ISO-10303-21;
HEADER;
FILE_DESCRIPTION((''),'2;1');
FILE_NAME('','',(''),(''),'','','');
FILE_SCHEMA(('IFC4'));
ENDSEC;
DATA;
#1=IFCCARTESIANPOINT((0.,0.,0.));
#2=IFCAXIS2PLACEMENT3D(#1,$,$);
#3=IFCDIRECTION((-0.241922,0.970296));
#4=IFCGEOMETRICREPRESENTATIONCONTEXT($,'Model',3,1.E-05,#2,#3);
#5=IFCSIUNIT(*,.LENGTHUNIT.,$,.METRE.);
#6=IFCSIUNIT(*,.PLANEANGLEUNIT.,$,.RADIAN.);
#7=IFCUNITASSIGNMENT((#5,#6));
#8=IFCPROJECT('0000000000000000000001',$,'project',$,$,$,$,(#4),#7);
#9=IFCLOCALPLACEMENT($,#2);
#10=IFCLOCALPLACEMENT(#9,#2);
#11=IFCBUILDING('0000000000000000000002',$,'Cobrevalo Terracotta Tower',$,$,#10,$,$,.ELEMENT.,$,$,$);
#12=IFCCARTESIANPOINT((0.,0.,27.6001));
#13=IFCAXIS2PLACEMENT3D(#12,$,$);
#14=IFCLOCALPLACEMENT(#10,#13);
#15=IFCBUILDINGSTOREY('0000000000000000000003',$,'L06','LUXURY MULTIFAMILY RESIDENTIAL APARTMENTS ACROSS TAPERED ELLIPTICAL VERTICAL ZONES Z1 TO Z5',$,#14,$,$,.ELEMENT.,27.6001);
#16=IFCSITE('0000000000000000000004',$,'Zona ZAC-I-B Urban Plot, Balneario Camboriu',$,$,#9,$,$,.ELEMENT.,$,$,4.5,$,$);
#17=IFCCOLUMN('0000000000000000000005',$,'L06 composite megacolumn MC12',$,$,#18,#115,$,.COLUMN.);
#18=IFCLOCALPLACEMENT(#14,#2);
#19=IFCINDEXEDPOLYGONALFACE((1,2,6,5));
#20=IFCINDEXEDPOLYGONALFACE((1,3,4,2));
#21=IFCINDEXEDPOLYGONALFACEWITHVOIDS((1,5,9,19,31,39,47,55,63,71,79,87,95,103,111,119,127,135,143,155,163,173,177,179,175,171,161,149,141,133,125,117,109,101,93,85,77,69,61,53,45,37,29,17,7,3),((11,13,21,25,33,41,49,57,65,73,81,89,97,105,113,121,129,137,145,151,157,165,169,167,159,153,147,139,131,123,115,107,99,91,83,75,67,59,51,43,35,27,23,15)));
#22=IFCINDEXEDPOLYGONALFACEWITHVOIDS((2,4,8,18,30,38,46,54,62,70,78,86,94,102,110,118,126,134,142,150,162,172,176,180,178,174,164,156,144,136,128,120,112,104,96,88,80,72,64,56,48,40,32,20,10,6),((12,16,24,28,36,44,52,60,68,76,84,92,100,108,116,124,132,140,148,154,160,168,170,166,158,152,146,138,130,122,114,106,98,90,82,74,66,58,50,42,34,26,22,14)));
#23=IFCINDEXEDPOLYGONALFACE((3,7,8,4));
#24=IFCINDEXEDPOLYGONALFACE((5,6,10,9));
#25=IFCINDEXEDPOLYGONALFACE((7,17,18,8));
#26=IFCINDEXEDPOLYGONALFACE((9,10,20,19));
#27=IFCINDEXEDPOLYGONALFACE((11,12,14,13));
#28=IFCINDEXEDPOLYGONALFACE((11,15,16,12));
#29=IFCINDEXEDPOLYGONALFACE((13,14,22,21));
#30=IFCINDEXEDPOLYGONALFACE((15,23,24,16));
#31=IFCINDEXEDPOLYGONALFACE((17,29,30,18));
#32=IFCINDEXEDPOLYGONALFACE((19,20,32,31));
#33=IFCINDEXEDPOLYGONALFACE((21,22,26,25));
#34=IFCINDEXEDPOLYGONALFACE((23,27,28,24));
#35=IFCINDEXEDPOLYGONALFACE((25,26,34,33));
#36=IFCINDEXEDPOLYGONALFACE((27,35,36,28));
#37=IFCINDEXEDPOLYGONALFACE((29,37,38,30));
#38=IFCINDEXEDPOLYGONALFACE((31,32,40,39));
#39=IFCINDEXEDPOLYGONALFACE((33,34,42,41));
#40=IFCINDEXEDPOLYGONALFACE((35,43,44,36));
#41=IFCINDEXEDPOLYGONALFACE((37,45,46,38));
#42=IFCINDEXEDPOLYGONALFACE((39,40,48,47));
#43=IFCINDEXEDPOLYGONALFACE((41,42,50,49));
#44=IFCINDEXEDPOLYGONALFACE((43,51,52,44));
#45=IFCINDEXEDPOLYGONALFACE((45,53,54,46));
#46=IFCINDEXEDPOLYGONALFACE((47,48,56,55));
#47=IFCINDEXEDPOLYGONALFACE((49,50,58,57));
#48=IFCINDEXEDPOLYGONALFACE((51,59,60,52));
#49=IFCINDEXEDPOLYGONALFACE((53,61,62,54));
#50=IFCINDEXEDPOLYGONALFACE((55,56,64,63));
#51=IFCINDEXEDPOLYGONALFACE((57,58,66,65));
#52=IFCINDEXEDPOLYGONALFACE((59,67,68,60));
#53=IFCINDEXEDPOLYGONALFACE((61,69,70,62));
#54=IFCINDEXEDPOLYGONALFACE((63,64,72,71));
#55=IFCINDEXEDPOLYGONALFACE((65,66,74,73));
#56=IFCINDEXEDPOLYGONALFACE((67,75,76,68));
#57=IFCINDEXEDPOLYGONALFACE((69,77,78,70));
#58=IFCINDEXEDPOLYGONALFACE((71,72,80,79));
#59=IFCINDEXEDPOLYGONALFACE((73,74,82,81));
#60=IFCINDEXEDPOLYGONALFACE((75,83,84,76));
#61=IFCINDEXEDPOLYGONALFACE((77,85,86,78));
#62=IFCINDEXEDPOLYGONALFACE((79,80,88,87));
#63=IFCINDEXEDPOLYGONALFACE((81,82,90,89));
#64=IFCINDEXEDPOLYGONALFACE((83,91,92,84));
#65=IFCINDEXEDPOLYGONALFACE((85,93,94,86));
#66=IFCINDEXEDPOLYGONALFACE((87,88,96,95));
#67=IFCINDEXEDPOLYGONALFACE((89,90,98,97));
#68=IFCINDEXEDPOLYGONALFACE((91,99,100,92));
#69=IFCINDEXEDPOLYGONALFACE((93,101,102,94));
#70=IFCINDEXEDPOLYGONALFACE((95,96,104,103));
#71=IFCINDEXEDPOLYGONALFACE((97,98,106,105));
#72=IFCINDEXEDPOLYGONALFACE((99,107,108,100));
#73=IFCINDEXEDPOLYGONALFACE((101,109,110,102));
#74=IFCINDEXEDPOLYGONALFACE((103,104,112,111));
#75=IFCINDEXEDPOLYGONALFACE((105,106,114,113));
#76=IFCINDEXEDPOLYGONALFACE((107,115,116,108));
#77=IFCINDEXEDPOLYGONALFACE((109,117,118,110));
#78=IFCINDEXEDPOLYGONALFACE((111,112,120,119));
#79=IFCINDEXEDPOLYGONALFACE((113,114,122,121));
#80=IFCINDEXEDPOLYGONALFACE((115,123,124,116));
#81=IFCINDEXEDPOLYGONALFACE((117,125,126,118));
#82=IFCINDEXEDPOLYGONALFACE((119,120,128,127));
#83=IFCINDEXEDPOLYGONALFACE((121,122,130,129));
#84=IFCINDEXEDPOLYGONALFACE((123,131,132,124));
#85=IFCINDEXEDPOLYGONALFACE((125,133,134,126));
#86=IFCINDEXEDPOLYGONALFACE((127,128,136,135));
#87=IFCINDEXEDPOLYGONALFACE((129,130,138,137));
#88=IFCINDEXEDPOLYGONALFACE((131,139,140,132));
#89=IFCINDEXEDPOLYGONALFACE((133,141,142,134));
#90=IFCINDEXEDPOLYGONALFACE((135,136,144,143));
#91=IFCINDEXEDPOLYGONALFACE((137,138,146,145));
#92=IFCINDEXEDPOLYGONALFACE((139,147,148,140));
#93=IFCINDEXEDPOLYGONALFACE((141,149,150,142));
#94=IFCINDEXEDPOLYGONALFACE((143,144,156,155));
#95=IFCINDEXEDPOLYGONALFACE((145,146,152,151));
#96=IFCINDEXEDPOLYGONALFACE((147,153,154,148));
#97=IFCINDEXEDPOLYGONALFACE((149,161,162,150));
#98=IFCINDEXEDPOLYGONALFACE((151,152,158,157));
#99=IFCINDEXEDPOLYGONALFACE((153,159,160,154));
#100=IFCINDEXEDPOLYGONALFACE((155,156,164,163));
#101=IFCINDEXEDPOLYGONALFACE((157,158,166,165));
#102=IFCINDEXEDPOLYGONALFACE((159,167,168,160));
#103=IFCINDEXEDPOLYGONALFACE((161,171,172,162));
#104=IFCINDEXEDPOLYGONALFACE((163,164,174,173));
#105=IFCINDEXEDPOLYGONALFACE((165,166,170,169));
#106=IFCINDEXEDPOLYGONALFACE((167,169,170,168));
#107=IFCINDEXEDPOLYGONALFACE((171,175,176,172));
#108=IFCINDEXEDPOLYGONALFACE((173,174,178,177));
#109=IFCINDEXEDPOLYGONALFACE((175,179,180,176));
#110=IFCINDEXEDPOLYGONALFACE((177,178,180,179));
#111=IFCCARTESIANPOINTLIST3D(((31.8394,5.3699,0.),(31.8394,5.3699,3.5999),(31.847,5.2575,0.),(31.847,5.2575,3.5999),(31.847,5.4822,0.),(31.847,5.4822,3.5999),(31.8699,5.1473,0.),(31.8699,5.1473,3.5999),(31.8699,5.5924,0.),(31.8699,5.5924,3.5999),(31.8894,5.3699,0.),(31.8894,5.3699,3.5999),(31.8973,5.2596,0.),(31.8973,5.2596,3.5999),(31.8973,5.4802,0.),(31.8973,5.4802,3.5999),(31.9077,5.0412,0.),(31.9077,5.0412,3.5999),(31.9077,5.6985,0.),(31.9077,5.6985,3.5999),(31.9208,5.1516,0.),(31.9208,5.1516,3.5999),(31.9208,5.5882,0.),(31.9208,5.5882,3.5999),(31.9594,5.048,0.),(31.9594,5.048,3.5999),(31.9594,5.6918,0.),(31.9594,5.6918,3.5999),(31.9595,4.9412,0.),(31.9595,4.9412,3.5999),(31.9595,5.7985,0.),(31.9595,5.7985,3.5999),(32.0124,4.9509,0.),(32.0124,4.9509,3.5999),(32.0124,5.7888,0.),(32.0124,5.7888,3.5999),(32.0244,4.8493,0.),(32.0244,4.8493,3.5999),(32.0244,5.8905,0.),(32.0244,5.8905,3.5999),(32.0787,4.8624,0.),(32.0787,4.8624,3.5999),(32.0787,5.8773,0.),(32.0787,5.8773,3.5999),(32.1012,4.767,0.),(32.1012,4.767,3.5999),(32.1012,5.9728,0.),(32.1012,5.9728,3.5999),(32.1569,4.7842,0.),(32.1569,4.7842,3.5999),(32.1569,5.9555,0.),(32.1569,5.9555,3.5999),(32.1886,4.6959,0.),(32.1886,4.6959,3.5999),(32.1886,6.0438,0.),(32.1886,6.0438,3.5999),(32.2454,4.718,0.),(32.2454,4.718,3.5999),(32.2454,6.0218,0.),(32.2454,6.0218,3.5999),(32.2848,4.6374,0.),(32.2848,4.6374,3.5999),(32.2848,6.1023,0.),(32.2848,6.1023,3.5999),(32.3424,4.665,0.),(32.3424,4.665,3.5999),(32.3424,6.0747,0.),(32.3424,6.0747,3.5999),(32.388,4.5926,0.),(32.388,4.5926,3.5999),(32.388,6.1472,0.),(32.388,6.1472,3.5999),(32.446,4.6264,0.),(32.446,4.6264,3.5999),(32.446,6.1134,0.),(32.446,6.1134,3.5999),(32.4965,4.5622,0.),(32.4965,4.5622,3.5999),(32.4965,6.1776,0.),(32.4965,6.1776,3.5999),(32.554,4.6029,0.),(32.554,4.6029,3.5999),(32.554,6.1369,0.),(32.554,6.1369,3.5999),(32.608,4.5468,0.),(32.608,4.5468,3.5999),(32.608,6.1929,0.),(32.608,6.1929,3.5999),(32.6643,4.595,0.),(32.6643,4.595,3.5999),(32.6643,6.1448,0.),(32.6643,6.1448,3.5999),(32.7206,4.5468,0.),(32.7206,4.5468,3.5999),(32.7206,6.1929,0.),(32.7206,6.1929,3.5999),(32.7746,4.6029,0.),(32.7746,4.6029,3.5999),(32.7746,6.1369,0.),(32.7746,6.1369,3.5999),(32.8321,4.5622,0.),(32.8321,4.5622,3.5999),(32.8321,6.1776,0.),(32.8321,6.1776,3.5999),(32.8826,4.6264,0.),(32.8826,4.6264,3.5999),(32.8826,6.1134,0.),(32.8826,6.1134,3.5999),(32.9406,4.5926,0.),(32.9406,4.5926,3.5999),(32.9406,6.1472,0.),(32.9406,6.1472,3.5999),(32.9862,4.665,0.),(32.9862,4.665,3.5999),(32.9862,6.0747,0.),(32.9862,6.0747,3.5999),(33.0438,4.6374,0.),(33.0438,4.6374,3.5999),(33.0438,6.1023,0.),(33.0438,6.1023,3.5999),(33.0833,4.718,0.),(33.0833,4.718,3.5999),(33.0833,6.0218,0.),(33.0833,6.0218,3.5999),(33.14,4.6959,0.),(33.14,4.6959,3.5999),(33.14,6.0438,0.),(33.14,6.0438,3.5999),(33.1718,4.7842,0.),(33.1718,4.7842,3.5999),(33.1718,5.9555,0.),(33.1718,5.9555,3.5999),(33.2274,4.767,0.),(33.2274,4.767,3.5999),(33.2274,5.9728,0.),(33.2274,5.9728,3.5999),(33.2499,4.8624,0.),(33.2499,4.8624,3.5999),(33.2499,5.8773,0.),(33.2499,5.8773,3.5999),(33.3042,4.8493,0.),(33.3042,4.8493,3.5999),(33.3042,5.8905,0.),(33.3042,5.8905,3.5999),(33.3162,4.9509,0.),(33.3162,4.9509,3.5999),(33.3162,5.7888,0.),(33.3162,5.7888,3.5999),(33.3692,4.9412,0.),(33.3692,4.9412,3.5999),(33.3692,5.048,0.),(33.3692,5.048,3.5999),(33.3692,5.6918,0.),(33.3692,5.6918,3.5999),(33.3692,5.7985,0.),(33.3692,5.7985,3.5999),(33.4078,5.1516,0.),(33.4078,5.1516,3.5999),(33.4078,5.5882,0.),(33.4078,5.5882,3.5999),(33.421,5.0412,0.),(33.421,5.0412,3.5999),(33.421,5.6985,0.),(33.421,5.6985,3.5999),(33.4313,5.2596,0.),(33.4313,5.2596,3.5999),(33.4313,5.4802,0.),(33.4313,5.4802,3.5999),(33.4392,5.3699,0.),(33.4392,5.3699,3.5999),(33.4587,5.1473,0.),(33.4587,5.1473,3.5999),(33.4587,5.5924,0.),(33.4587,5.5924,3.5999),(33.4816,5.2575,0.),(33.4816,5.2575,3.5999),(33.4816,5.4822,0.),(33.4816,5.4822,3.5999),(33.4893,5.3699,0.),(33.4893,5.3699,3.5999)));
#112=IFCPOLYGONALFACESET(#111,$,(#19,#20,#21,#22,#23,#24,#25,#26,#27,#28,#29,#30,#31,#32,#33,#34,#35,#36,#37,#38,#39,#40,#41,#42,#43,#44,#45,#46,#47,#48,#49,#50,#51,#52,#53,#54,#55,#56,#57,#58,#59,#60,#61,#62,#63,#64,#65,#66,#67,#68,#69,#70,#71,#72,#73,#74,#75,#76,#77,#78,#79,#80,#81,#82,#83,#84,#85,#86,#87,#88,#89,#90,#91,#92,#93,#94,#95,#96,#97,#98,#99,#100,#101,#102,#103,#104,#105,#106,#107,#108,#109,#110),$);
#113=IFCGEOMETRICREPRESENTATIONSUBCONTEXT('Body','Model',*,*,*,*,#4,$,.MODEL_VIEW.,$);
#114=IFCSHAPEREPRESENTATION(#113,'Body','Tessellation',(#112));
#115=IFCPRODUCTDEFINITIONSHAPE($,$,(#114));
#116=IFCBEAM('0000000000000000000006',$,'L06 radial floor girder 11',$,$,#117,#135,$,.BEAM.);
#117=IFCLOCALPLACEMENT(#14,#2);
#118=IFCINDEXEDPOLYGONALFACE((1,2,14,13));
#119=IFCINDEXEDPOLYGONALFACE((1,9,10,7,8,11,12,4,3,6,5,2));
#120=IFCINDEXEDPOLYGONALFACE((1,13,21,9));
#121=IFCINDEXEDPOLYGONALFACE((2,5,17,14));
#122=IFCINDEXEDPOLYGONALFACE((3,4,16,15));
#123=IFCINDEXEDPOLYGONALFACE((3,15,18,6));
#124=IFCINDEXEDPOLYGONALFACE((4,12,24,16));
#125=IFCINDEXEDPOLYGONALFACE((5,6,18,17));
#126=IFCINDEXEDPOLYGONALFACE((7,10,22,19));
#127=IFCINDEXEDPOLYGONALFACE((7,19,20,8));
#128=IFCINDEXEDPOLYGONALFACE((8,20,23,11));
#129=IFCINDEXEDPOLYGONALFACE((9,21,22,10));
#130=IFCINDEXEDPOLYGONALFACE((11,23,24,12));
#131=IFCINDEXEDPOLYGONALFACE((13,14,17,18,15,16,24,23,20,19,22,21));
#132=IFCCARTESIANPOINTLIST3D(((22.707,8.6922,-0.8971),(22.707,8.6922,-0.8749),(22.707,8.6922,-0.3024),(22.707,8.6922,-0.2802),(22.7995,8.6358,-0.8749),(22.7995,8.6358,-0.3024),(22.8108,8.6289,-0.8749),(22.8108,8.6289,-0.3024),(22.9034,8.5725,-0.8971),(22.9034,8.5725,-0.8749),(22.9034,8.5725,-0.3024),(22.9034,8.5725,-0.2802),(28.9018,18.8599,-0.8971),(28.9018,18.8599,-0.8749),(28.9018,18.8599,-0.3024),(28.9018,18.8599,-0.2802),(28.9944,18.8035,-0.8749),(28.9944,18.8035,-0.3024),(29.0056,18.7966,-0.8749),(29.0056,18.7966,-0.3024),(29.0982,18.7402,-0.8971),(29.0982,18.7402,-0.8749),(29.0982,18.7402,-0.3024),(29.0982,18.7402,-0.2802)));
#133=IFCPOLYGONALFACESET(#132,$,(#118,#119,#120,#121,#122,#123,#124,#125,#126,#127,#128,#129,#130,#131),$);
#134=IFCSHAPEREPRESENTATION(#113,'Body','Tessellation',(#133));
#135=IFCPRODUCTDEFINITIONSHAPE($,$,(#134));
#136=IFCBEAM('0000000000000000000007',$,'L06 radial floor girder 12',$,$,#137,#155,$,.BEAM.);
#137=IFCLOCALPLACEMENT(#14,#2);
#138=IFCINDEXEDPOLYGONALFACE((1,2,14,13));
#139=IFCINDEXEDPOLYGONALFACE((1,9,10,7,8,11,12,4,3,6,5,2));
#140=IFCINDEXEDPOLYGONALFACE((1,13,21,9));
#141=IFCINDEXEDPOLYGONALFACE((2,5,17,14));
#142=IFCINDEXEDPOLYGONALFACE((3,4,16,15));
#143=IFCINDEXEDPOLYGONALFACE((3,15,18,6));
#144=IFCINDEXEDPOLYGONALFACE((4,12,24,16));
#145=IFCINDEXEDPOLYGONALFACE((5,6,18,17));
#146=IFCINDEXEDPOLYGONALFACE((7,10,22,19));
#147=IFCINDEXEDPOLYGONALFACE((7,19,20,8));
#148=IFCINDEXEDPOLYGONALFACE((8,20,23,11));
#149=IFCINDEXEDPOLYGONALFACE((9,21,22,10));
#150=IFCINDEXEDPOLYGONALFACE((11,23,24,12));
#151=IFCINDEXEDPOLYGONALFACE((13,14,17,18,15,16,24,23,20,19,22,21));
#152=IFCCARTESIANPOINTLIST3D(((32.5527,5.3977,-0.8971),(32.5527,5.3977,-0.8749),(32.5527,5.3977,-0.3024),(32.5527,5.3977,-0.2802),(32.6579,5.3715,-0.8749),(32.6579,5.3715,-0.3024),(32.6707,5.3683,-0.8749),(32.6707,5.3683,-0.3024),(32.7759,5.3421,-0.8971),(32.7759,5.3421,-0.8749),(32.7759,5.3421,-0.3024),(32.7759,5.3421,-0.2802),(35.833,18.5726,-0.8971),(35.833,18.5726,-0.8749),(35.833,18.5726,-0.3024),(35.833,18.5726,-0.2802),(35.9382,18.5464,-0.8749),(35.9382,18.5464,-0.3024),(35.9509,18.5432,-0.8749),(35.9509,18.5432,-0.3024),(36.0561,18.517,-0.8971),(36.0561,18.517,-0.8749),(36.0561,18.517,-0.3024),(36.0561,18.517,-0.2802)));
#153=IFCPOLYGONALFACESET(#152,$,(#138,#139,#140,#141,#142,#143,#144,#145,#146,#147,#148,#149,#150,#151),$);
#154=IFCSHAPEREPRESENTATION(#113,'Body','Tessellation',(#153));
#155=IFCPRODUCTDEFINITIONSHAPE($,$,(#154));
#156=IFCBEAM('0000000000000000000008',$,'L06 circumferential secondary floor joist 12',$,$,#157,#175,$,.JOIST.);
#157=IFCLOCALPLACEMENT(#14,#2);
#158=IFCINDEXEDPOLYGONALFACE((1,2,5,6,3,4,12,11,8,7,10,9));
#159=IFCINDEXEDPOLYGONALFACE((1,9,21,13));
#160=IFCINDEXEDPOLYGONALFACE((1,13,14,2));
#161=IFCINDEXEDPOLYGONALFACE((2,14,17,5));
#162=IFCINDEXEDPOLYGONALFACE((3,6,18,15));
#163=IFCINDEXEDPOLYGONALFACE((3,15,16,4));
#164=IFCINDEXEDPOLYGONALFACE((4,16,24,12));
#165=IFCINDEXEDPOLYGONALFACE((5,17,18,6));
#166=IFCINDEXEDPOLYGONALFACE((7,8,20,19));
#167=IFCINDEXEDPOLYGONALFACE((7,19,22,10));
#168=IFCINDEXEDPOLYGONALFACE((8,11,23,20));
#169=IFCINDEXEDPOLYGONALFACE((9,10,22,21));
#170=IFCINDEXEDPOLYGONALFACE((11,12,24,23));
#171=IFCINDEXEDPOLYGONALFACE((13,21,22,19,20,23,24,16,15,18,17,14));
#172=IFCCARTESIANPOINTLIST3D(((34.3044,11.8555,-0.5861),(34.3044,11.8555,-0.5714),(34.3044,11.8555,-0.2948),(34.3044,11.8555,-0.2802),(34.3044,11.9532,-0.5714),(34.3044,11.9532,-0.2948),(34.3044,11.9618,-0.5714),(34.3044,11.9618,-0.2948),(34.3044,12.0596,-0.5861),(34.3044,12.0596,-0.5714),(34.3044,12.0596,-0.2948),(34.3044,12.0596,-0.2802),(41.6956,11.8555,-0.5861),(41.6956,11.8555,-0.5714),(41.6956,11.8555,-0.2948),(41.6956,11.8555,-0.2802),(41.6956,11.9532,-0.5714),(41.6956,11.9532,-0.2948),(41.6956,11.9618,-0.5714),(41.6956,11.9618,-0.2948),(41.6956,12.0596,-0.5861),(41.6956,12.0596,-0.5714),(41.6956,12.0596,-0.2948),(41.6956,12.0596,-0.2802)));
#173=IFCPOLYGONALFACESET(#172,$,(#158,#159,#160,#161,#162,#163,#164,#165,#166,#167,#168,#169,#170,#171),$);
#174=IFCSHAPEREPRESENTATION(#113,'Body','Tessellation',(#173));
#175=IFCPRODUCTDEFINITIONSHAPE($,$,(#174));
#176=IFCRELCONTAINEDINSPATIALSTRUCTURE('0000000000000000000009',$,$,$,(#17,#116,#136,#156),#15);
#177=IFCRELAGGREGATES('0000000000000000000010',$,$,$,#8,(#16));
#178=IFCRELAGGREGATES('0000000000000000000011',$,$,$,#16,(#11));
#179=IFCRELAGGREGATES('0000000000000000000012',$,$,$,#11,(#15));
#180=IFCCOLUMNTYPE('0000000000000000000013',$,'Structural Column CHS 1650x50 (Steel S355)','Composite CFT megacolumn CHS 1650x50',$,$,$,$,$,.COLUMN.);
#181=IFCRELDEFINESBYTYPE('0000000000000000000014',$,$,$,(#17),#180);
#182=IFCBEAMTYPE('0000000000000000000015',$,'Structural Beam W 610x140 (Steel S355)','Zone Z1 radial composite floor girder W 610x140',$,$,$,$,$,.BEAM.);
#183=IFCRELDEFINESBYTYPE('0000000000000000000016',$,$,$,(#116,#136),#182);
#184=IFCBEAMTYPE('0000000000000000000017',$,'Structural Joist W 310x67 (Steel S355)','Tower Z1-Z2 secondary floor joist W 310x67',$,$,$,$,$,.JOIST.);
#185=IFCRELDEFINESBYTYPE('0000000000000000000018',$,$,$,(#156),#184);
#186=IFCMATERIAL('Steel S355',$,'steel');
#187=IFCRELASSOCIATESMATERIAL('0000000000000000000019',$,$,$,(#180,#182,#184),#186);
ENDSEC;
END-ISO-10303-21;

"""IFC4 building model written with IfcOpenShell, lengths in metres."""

from ifc_helpers import new_model, si_unit, direction, frame, origin, origin_2d, place, context, subcontext, project, spatial, hollow_circle, i_section, extrude, material, material_profile, profile_set, type_object, element, save


model = new_model("IFC4")

# Units and contexts
model_context = context("Model", 3, precision=1e-05, world=origin(), true_north=direction((-0.241922, 0.970296)))
body_context = subcontext(model_context, "Body", "Model", "MODEL_VIEW")
ifc_project = project(units=[si_unit("LENGTHUNIT", "METRE"), si_unit("PLANEANGLEUNIT", "RADIAN")], contexts=[model_context])

# Site, building, storey
site_placement = place(None, origin())
site = spatial("IfcSite", under=ifc_project, at=site_placement, Name="Zona ZAC-I-B Urban Plot, Balneario Camboriu", CompositionType="ELEMENT", RefElevation=4.5)
building_placement = place(site_placement, origin())
building = spatial("IfcBuilding", under=site, at=building_placement, Name="Cobrevalo Terracotta Tower", CompositionType="ELEMENT")
storey_placement = place(building_placement, frame((0.0, 0.0, 27.6001)))
storey = spatial("IfcBuildingStorey", under=building, at=storey_placement, Name="L06", Description="LUXURY MULTIFAMILY RESIDENTIAL APARTMENTS ACROSS TAPERED ELLIPTICAL VERTICAL ZONES Z1 TO Z5", CompositionType="ELEMENT", Elevation=27.6001)

# Column
ifc_material_1 = material(Name="Steel S355", Category="steel")
ifc_material_profile_1 = material_profile(ifc_material_1, hollow_circle(Radius=0.825, WallThickness=0.05, at=origin_2d()), Name="CHS 1650x50")
ifc_profile_set_1 = profile_set([ifc_material_profile_1], Name="Steel S355")
column_type = type_object("IfcColumnType", Name="Structural Column CHS 1650x50 (Steel S355)", Description="Composite CFT megacolumn CHS 1650x50", PredefinedType="COLUMN", material=ifc_profile_set_1)
for number, where, z_axis, x_axis, name in (
    (1, (32.6643, 5.3699, 0.0), (0.0, 0.0, 1.0), (1.0, 0.0, 0.0), "L06 composite megacolumn MC12"),
):
    element("IfcColumn", number, at=place(storey_placement, frame(where, z_axis=z_axis, x_axis=x_axis)), inside=storey, type_object=column_type, Name=name, PredefinedType="COLUMN", context=body_context, shape_type="SweptSolid", body=[
        extrude(hollow_circle(Radius=0.825, WallThickness=0.05, at=origin_2d()), origin(), (0.0, 0.0, 1.0), 3.5999),
    ])

# Beams
ifc_material_profile_2 = material_profile(ifc_material_1, i_section(OverallWidth=0.23, OverallDepth=0.6169, WebThickness=0.0132, FlangeThickness=0.0222, at=origin_2d()), Name="W 610x140")
ifc_profile_set_2 = profile_set([ifc_material_profile_2], Name="Steel S355")
beam_type_1 = type_object("IfcBeamType", Name="Structural Beam W 610x140 (Steel S355)", Description="Zone Z1 radial composite floor girder W 610x140", PredefinedType="BEAM", material=ifc_profile_set_2)
beam_1_placement = place(storey_placement, frame((22.8052, 8.6323, -0.5886), z_axis=(0.520301, 0.853983, 0.0), x_axis=(-0.853983, 0.520301, 0.0)))
element("IfcBeam", 2, at=beam_1_placement, inside=storey, type_object=beam_type_1, Name="L06 radial floor girder 11", PredefinedType="BEAM", context=body_context, shape_type="SweptSolid", body=[
    extrude(i_section(OverallWidth=0.23, OverallDepth=0.6169, WebThickness=0.0132, FlangeThickness=0.0222, at=origin_2d()), origin(), (0.0, 0.0, 1.0), 11.9062),
])
beam_2_placement = place(storey_placement, frame((32.6643, 5.3699, -0.5886), z_axis=(0.2416, 0.970376, 0.0), x_axis=(-0.970376, 0.2416, 0.0)))
element("IfcBeam", 3, at=beam_2_placement, inside=storey, type_object=beam_type_1, Name="L06 radial floor girder 12", PredefinedType="BEAM", context=body_context, shape_type="SweptSolid", body=[
    extrude(i_section(OverallWidth=0.23, OverallDepth=0.6169, WebThickness=0.0132, FlangeThickness=0.0222, at=origin_2d()), origin(), (0.0, 0.0, 1.0), 13.5771),
])
ifc_material_profile_3 = material_profile(ifc_material_1, i_section(OverallWidth=0.2041, OverallDepth=0.3059, WebThickness=0.0085, FlangeThickness=0.0146, at=origin_2d()), Name="W 310x67")
ifc_profile_set_3 = profile_set([ifc_material_profile_3], Name="Steel S355")
beam_type_2 = type_object("IfcBeamType", Name="Structural Joist W 310x67 (Steel S355)", Description="Tower Z1-Z2 secondary floor joist W 310x67", PredefinedType="JOIST", material=ifc_profile_set_3)
beam_3_placement = place(storey_placement, frame((34.3044, 11.9575, -0.4331), z_axis=(1.0, 0.0, 0.0), x_axis=(0.0, 1.0, 0.0)))
element("IfcBeam", 4, at=beam_3_placement, inside=storey, type_object=beam_type_2, Name="L06 circumferential secondary floor joist 12", PredefinedType="JOIST", context=body_context, shape_type="SweptSolid", body=[
    extrude(i_section(OverallWidth=0.2041, OverallDepth=0.3059, WebThickness=0.0085, FlangeThickness=0.0146, at=origin_2d()), origin(), (0.0, 0.0, 1.0), 7.3911),
])

save(model, "model.ifc")
